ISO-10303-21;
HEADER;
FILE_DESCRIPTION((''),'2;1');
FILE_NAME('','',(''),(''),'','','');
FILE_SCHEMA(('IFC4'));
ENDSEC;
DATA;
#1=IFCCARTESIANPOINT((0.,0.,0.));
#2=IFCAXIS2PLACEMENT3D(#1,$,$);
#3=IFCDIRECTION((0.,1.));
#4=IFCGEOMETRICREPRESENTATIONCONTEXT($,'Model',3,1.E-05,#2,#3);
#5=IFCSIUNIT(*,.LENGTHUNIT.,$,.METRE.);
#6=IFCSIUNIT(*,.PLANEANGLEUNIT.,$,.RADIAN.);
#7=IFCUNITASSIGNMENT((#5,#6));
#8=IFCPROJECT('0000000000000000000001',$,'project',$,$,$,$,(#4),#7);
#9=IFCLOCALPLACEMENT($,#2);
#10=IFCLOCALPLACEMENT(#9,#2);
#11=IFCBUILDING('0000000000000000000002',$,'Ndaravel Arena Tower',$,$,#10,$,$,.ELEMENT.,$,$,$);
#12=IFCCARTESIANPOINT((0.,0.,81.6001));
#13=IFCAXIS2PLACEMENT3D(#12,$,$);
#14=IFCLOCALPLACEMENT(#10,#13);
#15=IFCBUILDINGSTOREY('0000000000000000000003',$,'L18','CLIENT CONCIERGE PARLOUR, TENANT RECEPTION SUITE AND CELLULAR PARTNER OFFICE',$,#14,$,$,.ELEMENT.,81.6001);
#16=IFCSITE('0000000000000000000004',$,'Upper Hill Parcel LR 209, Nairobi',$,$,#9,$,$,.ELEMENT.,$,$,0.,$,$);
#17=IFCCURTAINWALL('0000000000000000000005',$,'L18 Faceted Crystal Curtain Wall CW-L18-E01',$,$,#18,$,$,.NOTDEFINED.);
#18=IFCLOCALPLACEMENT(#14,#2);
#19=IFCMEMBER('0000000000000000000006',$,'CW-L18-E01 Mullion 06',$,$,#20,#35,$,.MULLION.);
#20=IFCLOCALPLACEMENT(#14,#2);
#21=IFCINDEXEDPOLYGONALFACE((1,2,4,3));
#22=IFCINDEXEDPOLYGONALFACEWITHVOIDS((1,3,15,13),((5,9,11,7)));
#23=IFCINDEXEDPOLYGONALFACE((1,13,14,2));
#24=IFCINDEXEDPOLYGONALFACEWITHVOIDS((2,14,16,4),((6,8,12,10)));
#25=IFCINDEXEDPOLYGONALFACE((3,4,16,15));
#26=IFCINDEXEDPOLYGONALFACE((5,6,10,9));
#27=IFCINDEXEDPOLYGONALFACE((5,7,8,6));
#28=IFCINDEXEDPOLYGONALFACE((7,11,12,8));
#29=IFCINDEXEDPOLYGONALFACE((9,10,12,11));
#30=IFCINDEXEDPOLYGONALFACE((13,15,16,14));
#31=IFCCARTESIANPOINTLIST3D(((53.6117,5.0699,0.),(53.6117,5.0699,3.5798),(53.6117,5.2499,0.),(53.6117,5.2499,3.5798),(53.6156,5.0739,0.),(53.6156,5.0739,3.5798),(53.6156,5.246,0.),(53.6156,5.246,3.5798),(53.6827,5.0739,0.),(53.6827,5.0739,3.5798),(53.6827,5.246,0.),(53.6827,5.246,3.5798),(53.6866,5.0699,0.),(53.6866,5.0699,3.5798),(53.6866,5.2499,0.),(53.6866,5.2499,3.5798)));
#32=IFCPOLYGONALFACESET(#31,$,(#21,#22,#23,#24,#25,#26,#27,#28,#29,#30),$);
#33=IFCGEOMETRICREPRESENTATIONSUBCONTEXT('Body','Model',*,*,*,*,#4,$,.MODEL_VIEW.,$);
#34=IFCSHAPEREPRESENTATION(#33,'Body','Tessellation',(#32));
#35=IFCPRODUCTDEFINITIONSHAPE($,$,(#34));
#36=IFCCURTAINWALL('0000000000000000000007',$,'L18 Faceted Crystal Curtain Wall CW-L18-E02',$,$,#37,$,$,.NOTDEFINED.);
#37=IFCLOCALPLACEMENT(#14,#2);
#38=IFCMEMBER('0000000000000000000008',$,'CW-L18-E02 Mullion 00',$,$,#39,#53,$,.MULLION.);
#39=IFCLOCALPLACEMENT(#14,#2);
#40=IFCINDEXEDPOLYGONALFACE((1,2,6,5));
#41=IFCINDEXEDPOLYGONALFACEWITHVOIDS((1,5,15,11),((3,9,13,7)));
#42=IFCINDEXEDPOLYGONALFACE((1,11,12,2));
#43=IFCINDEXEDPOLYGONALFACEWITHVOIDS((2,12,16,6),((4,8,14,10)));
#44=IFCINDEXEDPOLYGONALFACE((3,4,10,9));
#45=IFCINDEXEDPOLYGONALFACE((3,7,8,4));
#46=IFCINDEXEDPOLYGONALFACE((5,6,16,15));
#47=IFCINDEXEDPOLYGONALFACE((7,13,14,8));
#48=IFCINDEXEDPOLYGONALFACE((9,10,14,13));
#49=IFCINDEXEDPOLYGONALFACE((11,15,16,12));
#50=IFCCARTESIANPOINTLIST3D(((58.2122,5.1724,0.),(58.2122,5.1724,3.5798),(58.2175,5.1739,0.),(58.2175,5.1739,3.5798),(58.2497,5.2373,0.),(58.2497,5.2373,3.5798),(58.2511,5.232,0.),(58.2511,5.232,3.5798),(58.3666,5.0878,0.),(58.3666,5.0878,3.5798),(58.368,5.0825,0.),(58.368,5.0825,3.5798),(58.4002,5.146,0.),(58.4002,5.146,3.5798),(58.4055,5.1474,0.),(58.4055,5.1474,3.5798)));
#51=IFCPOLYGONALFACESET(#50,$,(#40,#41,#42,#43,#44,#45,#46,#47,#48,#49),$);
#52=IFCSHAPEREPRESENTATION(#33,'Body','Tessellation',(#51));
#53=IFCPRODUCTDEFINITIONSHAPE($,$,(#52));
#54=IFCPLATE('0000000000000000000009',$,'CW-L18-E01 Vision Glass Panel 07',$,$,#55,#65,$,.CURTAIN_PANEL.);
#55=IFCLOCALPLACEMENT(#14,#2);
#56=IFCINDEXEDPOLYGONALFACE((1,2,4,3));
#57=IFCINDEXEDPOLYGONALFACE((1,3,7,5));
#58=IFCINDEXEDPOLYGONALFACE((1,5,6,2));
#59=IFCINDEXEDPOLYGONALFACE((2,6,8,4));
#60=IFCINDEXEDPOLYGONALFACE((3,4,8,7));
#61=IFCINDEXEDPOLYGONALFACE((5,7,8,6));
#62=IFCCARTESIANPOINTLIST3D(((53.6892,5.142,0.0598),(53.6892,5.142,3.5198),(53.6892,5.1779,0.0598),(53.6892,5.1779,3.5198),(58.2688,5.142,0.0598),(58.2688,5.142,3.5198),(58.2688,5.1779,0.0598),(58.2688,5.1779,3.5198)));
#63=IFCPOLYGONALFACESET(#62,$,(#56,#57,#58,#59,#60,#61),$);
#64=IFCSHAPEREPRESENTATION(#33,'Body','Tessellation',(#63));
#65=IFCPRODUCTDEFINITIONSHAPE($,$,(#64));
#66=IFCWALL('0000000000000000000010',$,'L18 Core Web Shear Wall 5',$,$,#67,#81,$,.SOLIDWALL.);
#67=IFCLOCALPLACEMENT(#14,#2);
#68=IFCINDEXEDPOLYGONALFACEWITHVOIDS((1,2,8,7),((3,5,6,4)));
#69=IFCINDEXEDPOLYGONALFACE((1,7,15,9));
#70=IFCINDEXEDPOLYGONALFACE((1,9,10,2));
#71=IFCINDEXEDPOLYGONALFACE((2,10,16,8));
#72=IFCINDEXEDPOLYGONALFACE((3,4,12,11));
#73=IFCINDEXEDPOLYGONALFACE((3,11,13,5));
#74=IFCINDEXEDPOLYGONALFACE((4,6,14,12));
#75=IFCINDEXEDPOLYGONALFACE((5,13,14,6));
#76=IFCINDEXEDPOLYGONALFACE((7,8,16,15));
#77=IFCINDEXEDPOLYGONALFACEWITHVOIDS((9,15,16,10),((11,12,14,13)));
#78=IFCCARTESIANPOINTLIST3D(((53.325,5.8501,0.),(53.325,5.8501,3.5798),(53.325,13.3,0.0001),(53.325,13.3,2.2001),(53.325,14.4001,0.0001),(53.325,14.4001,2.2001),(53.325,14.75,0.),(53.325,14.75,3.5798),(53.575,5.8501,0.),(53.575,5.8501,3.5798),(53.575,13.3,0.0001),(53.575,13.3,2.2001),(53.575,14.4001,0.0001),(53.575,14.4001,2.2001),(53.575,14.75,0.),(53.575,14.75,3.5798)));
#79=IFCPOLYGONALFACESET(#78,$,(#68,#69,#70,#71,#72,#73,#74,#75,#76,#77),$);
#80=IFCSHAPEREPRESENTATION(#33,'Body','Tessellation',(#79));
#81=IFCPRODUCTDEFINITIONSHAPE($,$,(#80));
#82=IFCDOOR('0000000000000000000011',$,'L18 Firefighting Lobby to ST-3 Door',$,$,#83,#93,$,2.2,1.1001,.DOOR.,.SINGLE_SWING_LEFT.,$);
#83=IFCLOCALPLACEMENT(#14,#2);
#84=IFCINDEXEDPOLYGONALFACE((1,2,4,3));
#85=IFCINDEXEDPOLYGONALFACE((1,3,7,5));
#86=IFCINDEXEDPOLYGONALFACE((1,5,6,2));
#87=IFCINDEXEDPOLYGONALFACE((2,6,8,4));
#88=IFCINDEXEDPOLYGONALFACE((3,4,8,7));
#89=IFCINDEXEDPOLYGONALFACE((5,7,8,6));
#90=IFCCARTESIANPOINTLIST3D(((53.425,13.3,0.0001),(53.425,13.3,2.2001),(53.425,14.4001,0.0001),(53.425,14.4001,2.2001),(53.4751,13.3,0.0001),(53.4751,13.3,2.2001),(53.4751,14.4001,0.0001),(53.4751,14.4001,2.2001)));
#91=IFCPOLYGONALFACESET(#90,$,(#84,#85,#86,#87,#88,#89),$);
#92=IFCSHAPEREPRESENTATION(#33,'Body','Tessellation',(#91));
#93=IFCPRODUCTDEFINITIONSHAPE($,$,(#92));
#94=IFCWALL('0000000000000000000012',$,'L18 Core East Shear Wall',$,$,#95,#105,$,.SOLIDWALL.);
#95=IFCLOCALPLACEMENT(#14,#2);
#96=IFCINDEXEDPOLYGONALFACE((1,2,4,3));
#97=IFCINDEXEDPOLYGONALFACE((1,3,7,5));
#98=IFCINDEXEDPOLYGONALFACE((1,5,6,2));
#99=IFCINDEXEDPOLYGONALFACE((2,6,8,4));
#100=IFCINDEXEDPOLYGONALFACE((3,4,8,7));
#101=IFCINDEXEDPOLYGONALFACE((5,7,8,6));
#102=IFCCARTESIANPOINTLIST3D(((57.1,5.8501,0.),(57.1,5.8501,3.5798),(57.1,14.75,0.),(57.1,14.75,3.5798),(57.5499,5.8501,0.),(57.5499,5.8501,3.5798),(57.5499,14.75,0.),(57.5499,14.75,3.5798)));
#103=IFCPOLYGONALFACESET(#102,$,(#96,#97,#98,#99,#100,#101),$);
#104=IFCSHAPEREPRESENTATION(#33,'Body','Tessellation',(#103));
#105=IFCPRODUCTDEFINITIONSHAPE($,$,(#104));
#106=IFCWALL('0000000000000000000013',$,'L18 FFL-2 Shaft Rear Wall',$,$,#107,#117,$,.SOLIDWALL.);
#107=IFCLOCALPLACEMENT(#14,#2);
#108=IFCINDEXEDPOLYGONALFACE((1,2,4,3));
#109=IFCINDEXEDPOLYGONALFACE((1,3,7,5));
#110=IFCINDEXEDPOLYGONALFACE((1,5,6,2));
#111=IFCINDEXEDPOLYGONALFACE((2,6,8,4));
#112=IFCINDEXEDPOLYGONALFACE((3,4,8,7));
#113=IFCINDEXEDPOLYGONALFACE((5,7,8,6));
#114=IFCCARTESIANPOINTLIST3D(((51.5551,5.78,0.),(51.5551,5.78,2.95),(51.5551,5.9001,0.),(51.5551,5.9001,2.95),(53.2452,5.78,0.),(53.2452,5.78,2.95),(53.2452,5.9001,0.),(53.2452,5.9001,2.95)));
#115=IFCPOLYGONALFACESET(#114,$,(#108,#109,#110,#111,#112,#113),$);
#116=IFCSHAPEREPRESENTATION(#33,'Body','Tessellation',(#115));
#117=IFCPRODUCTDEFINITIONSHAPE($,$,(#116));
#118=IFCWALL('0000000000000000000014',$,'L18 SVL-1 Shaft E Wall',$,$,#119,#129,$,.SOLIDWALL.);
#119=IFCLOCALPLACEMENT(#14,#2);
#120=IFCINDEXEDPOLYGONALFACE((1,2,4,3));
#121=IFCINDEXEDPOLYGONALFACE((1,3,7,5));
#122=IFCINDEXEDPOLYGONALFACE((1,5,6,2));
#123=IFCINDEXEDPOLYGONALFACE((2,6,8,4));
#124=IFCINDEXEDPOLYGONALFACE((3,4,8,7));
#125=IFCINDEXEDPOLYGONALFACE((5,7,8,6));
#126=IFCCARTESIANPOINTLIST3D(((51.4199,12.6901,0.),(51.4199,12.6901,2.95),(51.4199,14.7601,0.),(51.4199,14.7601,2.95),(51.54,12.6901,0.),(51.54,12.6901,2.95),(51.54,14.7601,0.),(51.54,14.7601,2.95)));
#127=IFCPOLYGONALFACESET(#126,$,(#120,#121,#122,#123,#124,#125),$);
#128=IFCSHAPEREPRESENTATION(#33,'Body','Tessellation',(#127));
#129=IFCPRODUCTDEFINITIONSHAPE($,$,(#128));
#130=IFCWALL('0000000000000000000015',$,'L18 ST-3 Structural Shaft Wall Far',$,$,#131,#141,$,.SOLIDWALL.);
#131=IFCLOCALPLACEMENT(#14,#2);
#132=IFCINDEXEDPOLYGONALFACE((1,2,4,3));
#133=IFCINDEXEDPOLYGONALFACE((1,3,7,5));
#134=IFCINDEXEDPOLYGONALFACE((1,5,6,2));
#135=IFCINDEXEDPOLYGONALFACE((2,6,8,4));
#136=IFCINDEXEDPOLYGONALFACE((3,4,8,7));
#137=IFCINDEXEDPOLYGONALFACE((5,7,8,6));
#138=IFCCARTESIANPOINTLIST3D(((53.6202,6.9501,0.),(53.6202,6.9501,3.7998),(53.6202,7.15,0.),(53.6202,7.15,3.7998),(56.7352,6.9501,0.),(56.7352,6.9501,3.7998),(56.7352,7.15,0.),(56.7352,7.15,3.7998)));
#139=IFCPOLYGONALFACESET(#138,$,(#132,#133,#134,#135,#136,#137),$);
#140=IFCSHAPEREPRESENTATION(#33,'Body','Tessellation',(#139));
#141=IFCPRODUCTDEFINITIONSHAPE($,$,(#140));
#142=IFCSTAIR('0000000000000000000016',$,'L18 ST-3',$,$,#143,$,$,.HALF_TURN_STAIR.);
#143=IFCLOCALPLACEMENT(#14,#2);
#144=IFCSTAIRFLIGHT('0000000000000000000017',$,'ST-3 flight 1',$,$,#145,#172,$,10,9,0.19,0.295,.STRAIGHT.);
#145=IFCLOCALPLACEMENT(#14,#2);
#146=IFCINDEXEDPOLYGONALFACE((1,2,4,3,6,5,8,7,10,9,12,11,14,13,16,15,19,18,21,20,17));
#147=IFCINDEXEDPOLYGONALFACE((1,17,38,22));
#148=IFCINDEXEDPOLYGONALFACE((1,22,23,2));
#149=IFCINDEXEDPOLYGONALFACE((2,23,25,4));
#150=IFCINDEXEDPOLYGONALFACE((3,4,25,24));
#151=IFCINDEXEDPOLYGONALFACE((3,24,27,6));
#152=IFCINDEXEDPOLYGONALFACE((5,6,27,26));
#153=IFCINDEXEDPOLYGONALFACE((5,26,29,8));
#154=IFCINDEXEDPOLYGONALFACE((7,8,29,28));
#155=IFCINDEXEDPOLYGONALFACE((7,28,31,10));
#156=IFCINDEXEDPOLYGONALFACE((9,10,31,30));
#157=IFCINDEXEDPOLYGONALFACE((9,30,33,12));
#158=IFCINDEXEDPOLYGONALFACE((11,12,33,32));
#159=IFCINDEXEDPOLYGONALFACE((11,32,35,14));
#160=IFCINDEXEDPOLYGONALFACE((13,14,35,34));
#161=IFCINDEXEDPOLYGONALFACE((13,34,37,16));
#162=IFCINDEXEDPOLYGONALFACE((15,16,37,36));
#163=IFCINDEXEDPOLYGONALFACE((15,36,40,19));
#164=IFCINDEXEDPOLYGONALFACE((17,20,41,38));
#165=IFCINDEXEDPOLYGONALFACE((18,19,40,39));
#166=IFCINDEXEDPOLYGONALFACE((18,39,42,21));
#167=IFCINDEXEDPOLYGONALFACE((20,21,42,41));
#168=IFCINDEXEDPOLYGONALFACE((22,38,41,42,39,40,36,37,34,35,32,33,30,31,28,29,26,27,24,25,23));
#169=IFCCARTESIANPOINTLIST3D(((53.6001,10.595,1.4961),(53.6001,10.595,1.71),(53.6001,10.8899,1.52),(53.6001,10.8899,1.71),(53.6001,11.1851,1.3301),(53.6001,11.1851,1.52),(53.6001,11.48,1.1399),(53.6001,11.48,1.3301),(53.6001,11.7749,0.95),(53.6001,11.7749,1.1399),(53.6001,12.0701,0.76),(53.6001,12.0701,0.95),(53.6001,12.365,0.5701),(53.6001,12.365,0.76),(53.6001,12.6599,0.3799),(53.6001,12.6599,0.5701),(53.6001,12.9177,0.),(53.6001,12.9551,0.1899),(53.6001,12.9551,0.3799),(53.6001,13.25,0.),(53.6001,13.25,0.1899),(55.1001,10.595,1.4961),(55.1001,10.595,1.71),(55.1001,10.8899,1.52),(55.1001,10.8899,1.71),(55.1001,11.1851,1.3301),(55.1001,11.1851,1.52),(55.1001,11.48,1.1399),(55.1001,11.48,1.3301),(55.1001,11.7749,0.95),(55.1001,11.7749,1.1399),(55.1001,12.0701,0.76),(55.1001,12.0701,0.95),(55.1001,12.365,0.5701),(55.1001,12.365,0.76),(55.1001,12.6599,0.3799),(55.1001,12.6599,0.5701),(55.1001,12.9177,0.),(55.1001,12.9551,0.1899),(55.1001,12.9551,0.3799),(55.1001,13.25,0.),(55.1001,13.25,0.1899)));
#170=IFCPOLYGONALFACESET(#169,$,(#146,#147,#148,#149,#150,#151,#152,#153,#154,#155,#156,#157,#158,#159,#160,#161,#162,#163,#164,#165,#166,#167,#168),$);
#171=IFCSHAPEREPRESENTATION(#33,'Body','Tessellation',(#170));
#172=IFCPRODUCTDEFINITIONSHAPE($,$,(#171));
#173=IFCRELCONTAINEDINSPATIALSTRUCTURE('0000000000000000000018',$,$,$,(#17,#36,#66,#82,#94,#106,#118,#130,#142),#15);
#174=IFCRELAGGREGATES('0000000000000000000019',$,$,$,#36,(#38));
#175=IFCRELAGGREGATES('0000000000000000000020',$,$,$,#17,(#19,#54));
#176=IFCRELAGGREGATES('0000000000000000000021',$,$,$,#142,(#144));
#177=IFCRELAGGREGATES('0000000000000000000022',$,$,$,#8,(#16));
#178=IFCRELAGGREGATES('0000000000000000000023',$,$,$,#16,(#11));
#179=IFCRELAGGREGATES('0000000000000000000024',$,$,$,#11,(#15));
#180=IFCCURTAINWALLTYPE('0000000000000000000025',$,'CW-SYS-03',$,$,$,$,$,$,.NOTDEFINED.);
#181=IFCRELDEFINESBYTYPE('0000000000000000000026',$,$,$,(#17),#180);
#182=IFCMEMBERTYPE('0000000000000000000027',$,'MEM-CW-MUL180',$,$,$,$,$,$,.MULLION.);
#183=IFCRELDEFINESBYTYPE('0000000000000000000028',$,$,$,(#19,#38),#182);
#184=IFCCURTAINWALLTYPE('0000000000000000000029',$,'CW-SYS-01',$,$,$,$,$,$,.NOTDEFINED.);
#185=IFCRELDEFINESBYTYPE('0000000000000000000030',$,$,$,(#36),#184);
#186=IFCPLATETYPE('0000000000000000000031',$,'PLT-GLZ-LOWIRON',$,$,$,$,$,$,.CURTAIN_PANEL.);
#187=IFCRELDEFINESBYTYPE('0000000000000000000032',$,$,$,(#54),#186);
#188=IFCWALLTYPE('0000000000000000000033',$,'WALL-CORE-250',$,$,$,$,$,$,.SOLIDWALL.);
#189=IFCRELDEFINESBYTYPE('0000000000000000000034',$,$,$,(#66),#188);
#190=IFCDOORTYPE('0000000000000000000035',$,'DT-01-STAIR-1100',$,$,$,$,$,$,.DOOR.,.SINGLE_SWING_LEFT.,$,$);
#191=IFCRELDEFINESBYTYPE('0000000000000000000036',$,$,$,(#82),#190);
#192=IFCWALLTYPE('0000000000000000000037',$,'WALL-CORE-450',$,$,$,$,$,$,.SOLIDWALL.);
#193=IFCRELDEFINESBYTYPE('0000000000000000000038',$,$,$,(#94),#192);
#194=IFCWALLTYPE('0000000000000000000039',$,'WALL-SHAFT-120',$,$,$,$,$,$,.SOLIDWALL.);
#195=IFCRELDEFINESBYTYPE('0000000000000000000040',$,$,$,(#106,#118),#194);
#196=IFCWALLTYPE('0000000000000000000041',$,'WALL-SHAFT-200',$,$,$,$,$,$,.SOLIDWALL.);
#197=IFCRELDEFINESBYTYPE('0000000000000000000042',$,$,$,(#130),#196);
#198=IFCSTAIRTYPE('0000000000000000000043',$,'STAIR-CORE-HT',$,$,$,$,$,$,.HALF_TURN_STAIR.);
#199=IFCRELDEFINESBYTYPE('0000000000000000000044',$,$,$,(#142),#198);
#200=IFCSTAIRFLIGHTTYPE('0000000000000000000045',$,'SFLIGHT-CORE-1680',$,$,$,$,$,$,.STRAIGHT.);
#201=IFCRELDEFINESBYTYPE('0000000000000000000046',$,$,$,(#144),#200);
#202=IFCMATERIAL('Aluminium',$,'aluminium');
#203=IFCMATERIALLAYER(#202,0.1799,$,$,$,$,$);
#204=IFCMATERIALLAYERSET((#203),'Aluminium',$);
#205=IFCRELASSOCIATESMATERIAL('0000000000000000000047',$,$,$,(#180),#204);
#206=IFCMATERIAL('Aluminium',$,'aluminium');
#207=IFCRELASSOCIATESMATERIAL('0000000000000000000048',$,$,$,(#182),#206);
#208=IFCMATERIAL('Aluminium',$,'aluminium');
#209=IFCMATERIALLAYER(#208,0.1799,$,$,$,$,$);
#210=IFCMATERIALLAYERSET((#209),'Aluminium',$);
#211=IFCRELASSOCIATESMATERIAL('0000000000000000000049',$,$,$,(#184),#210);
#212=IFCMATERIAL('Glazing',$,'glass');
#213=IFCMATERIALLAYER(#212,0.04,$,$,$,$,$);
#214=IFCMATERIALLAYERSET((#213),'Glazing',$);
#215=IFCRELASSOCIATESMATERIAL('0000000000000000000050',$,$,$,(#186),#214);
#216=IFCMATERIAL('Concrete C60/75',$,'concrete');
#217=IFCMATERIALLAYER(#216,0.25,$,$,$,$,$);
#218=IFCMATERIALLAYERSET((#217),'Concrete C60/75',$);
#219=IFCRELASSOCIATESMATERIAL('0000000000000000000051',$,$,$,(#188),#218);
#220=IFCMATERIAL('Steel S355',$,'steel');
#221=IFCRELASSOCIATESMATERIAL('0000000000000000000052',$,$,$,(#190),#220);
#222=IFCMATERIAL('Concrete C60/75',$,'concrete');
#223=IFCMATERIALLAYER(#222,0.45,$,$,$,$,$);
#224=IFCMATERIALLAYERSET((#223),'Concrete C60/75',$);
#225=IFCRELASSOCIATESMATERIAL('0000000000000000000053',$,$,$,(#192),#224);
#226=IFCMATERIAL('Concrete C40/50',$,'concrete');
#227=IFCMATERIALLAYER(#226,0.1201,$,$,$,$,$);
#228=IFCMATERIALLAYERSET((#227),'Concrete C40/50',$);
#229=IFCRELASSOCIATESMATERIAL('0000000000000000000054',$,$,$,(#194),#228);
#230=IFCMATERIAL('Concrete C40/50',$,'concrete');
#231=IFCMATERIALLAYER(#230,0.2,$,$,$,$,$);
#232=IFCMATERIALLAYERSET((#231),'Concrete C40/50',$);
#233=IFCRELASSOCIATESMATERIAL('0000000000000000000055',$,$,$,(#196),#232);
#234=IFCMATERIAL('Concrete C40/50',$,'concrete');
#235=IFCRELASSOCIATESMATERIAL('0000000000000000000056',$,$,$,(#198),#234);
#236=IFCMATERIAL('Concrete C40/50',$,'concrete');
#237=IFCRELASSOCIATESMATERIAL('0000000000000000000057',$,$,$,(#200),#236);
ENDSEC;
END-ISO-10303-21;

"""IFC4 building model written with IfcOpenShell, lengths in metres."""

from ifc_helpers import new_model, si_unit, direction, frame, frame_2d, origin, origin_2d, place, context, subcontext, project, spatial, polyline, rectangle, hollow_rectangle, outline, extrude, material, layer, layer_set, material_profile, profile_set, type_object, element, fill, aggregate, save


model = new_model("IFC4")

# Units and contexts
model_context = context("Model", 3, precision=1e-05, world=origin(), true_north=direction((0.0, 1.0)))
body_context = subcontext(model_context, "Body", "Model", "MODEL_VIEW")
ifc_project = project(units=[si_unit("LENGTHUNIT", "METRE"), si_unit("PLANEANGLEUNIT", "RADIAN")], contexts=[model_context])

# Site, building, storey
site_placement = place(None, origin())
site = spatial("IfcSite", under=ifc_project, at=site_placement, Name="Upper Hill Parcel LR 209, Nairobi", CompositionType="ELEMENT", RefElevation=0.0)
building_placement = place(site_placement, origin())
building = spatial("IfcBuilding", under=site, at=building_placement, Name="Ndaravel Arena Tower", CompositionType="ELEMENT")
storey_placement = place(building_placement, frame((0.0, 0.0, 81.6001)))
storey = spatial("IfcBuildingStorey", under=building, at=storey_placement, Name="L18", Description="CLIENT CONCIERGE PARLOUR, TENANT RECEPTION SUITE AND CELLULAR PARTNER OFFICE", CompositionType="ELEMENT", Elevation=81.6001)

# Curtain walls, members
ifc_material_1 = material(Name="Aluminium", Category="aluminium")
ifc_layer_1 = layer(ifc_material_1, 0.1799)
ifc_layer_set_1 = layer_set([ifc_layer_1], Name="Aluminium")
curtain_wall_type_1 = type_object("IfcCurtainWallType", Name="CW-SYS-03", PredefinedType="NOTDEFINED", material=ifc_layer_set_1)
curtain_wall_1_placement = place(storey_placement, origin())
curtain_wall_1 = element("IfcCurtainWall", 1, at=curtain_wall_1_placement, inside=storey, type_object=curtain_wall_type_1, Name="L18 Faceted Crystal Curtain Wall CW-L18-E01", PredefinedType="NOTDEFINED")
ifc_material_2 = material(Name="Aluminium", Category="aluminium")
ifc_material_profile = material_profile(ifc_material_2, hollow_rectangle(XDim=0.075, YDim=0.1799, WallThickness=0.0039, at=origin_2d()), Name="CW MULLION 75x180x4")
ifc_profile_set = profile_set([ifc_material_profile], Name="Aluminium")
member_type = type_object("IfcMemberType", Name="MEM-CW-MUL180", PredefinedType="MULLION", material=ifc_profile_set)
member_1_placement = place(storey_placement, frame((53.6492, 5.1599, 0.0), z_axis=(0.0, 0.0, 1.0), x_axis=(1.0, 0.0, 0.0)))
member_1 = element("IfcMember", 2, at=member_1_placement, type_object=member_type, Name="CW-L18-E01 Mullion 06", PredefinedType="MULLION", context=body_context, shape_type="SweptSolid", body=[
    extrude(hollow_rectangle(XDim=0.075, YDim=0.1799, WallThickness=0.0039, at=origin_2d()), origin(), (0.0, 0.0, 1.0), 3.5798),
])
ifc_material_3 = material(Name="Aluminium", Category="aluminium")
ifc_layer_2 = layer(ifc_material_3, 0.1799)
ifc_layer_set_2 = layer_set([ifc_layer_2], Name="Aluminium")
curtain_wall_type_2 = type_object("IfcCurtainWallType", Name="CW-SYS-01", PredefinedType="NOTDEFINED", material=ifc_layer_set_2)
curtain_wall_2_placement = place(storey_placement, origin())
curtain_wall_2 = element("IfcCurtainWall", 3, at=curtain_wall_2_placement, inside=storey, type_object=curtain_wall_type_2, Name="L18 Faceted Crystal Curtain Wall CW-L18-E02", PredefinedType="NOTDEFINED")
member_2_placement = place(storey_placement, frame((58.3088, 5.1599, 0.0), z_axis=(0.0, 0.0, 1.0), x_axis=(0.5, 0.866025, 0.0)))
member_2 = element("IfcMember", 4, at=member_2_placement, type_object=member_type, Name="CW-L18-E02 Mullion 00", PredefinedType="MULLION", context=body_context, shape_type="SweptSolid", body=[
    extrude(hollow_rectangle(XDim=0.075, YDim=0.1799, WallThickness=0.0039, at=origin_2d()), origin(), (0.0, 0.0, 1.0), 3.5798),
])
aggregate(curtain_wall_2, [member_2])

# Plate
ifc_material_4 = material(Name="Glazing", Category="glass")
ifc_layer_3 = layer(ifc_material_4, 0.04)
ifc_layer_set_3 = layer_set([ifc_layer_3], Name="Glazing")
plate_type = type_object("IfcPlateType", Name="PLT-GLZ-LOWIRON", PredefinedType="CURTAIN_PANEL", material=ifc_layer_set_3)
plate_placement = place(storey_placement, frame((55.979, 5.1599, 0.0598), z_axis=(0.0, 0.0, 1.0), x_axis=(1.0, 0.0, 0.0)))
plate = element("IfcPlate", 5, at=plate_placement, type_object=plate_type, Name="CW-L18-E01 Vision Glass Panel 07", PredefinedType="CURTAIN_PANEL", context=body_context, shape_type="SweptSolid", body=[
    extrude(rectangle(XDim=4.5796, YDim=0.0359, at=origin_2d()), origin(), (0.0, 0.0, 1.0), 3.46),
])
aggregate(curtain_wall_1, [member_1, plate])

# Wall, opening, door
ifc_material_5 = material(Name="Concrete C60/75", Category="concrete")
ifc_layer_4 = layer(ifc_material_5, 0.25)
ifc_layer_set_4 = layer_set([ifc_layer_4], Name="Concrete C60/75")
wall_type_1 = type_object("IfcWallType", Name="WALL-CORE-250", PredefinedType="SOLIDWALL", material=ifc_layer_set_4)
wall_1_placement = place(storey_placement, frame((53.45, 5.8501, 0.0), z_axis=(0.0, 0.0, 1.0), x_axis=(0.0, 1.0, 0.0)))
wall_1 = element("IfcWall", 6, at=wall_1_placement, inside=storey, type_object=wall_type_1, Name="L18 Core Web Shear Wall 5", PredefinedType="SOLIDWALL", context=body_context, shape_type="SweptSolid", body=[
    extrude(rectangle(XDim=8.8999, YDim=0.25, at=frame_2d((4.45, 0.0))), origin(), (0.0, 0.0, 1.0), 3.5798),
])
opening_1_placement = place(wall_1_placement, frame((7.45, 0.0, 0.0)))
opening_1 = element("IfcOpeningElement", 7, at=opening_1_placement, cuts=wall_1, PredefinedType="OPENING", context=body_context, shape_type="SweptSolid", body=[
    extrude(rectangle(XDim=1.1001, YDim=2.2, at=frame_2d((0.55, 1.1001))), frame((0.0, 0.125, 0.0), z_axis=(0.0, -1.0, 0.0), x_axis=(1.0, 0.0, 0.0)), (0.0, 0.0, 1.0), 0.25),
])
ifc_material_6 = material(Name="Steel S355", Category="steel")
door_type_1 = type_object("IfcDoorType", Name="DT-01-STAIR-1100", OperationType="SINGLE_SWING_LEFT", PredefinedType="DOOR", material=ifc_material_6)
door_1_placement = place(opening_1_placement, origin())
door_1 = element("IfcDoor", 8, at=door_1_placement, inside=storey, type_object=door_type_1, Name="L18 Firefighting Lobby to ST-3 Door", OperationType="SINGLE_SWING_LEFT", OverallHeight=2.2, OverallWidth=1.1001, PredefinedType="DOOR", context=body_context, shape_type="SweptSolid", body=[
    extrude(rectangle(XDim=1.1001, YDim=2.2, at=frame_2d((0.55, 1.1001))), frame((0.0, 0.0249, 0.0), z_axis=(0.0, -1.0, 0.0), x_axis=(1.0, 0.0, 0.0)), (0.0, 0.0, 1.0), 0.05),
])
fill(opening_1, door_1)

# Walls
ifc_material_7 = material(Name="Concrete C60/75", Category="concrete")
ifc_layer_5 = layer(ifc_material_7, 0.45)
ifc_layer_set_5 = layer_set([ifc_layer_5], Name="Concrete C60/75")
wall_type_2 = type_object("IfcWallType", Name="WALL-CORE-450", PredefinedType="SOLIDWALL", material=ifc_layer_set_5)
wall_2_placement = place(storey_placement, frame((57.325, 5.8501, 0.0), z_axis=(0.0, 0.0, 1.0), x_axis=(0.0, 1.0, 0.0)))
element("IfcWall", 9, at=wall_2_placement, inside=storey, type_object=wall_type_2, Name="L18 Core East Shear Wall", PredefinedType="SOLIDWALL", context=body_context, shape_type="SweptSolid", body=[
    extrude(rectangle(XDim=8.8999, YDim=0.45, at=frame_2d((4.45, 0.0))), origin(), (0.0, 0.0, 1.0), 3.5798),
])
ifc_material_8 = material(Name="Concrete C40/50", Category="concrete")
ifc_layer_6 = layer(ifc_material_8, 0.1201)
ifc_layer_set_6 = layer_set([ifc_layer_6], Name="Concrete C40/50")
wall_type_3 = type_object("IfcWallType", Name="WALL-SHAFT-120", PredefinedType="SOLIDWALL", material=ifc_layer_set_6)
wall_3_placement = place(storey_placement, frame((51.5549, 5.8401, 0.0), z_axis=(0.0, 0.0, 1.0), x_axis=(1.0, 0.0, 0.0)))
element("IfcWall", 10, at=wall_3_placement, inside=storey, type_object=wall_type_3, Name="L18 FFL-2 Shaft Rear Wall", PredefinedType="SOLIDWALL", context=body_context, shape_type="SweptSolid", body=[
    extrude(rectangle(XDim=1.6902, YDim=0.1201, at=frame_2d((0.8452, 0.0))), origin(), (0.0, 0.0, 1.0), 2.95),
])
wall_4_placement = place(storey_placement, frame((51.48, 12.6899, 0.0), z_axis=(0.0, 0.0, 1.0), x_axis=(0.0, 1.0, 0.0)))
element("IfcWall", 11, at=wall_4_placement, inside=storey, type_object=wall_type_3, Name="L18 SVL-1 Shaft E Wall", PredefinedType="SOLIDWALL", context=body_context, shape_type="SweptSolid", body=[
    extrude(rectangle(XDim=2.0701, YDim=0.1201, at=frame_2d((1.0352, 0.0))), origin(), (0.0, 0.0, 1.0), 2.95),
])
ifc_material_9 = material(Name="Concrete C40/50", Category="concrete")
ifc_layer_7 = layer(ifc_material_9, 0.2)
ifc_layer_set_7 = layer_set([ifc_layer_7], Name="Concrete C40/50")
wall_type_4 = type_object("IfcWallType", Name="WALL-SHAFT-200", PredefinedType="SOLIDWALL", material=ifc_layer_set_7)
wall_5_placement = place(storey_placement, frame((53.6201, 7.05, 0.0), z_axis=(0.0, 0.0, 1.0), x_axis=(1.0, 0.0, 0.0)))
element("IfcWall", 12, at=wall_5_placement, inside=storey, type_object=wall_type_4, Name="L18 ST-3 Structural Shaft Wall Far", PredefinedType="SOLIDWALL", context=body_context, shape_type="SweptSolid", body=[
    extrude(rectangle(XDim=3.115, YDim=0.2, at=frame_2d((1.5576, 0.0))), origin(), (0.0, 0.0, 1.0), 3.7998),
])

# Stair, stair flight
ifc_material_10 = material(Name="Concrete C40/50", Category="concrete")
stair_type = type_object("IfcStairType", Name="STAIR-CORE-HT", PredefinedType="HALF_TURN_STAIR", material=ifc_material_10)
stair_placement = place(storey_placement, origin())
stair = element("IfcStair", 13, at=stair_placement, inside=storey, type_object=stair_type, Name="L18 ST-3", PredefinedType="HALF_TURN_STAIR")
ifc_material_11 = material(Name="Concrete C40/50", Category="concrete")
stair_flight_type = type_object("IfcStairFlightType", Name="SFLIGHT-CORE-1680", PredefinedType="STRAIGHT", material=ifc_material_11)
stair_flight_1_placement = place(storey_placement, frame((54.3501, 13.25, 0.0), z_axis=(0.0, 0.0, 1.0), x_axis=(0.0, -1.0, 0.0)))
stair_flight_1 = element("IfcStairFlight", 14, at=stair_flight_1_placement, type_object=stair_flight_type, Name="ST-3 flight 1", NumberOfRisers=10, NumberOfTreads=9, PredefinedType="STRAIGHT", RiserHeight=0.19, TreadLength=0.295, context=body_context, shape_type="SweptSolid", body=[
    extrude(outline(polyline([(0.0, 0.0), (0.0, 0.1899), (0.2949, 0.1899), (0.2949, 0.3799), (0.5901, 0.3799), (0.5901, 0.5701), (0.885, 0.5701), (0.885, 0.76), (1.1799, 0.76), (1.1799, 0.95), (1.4751, 0.95), (1.4751, 1.1399), (1.77, 1.1399), (1.77, 1.3301), (2.0649, 1.3301), (2.0649, 1.52), (2.3601, 1.52), (2.3601, 1.71), (2.655, 1.71), (2.655, 1.8999), (2.655, 1.4961), (0.3323, 0.0), (0.0, 0.0)])), frame((0.0, 0.75, 0.0), z_axis=(0.0, -1.0, 0.0), x_axis=(1.0, 0.0, 0.0)), (0.0, 0.0, 1.0), 1.5),
])
aggregate(stair, [stair_flight_1])

save(model, "model.ifc")
